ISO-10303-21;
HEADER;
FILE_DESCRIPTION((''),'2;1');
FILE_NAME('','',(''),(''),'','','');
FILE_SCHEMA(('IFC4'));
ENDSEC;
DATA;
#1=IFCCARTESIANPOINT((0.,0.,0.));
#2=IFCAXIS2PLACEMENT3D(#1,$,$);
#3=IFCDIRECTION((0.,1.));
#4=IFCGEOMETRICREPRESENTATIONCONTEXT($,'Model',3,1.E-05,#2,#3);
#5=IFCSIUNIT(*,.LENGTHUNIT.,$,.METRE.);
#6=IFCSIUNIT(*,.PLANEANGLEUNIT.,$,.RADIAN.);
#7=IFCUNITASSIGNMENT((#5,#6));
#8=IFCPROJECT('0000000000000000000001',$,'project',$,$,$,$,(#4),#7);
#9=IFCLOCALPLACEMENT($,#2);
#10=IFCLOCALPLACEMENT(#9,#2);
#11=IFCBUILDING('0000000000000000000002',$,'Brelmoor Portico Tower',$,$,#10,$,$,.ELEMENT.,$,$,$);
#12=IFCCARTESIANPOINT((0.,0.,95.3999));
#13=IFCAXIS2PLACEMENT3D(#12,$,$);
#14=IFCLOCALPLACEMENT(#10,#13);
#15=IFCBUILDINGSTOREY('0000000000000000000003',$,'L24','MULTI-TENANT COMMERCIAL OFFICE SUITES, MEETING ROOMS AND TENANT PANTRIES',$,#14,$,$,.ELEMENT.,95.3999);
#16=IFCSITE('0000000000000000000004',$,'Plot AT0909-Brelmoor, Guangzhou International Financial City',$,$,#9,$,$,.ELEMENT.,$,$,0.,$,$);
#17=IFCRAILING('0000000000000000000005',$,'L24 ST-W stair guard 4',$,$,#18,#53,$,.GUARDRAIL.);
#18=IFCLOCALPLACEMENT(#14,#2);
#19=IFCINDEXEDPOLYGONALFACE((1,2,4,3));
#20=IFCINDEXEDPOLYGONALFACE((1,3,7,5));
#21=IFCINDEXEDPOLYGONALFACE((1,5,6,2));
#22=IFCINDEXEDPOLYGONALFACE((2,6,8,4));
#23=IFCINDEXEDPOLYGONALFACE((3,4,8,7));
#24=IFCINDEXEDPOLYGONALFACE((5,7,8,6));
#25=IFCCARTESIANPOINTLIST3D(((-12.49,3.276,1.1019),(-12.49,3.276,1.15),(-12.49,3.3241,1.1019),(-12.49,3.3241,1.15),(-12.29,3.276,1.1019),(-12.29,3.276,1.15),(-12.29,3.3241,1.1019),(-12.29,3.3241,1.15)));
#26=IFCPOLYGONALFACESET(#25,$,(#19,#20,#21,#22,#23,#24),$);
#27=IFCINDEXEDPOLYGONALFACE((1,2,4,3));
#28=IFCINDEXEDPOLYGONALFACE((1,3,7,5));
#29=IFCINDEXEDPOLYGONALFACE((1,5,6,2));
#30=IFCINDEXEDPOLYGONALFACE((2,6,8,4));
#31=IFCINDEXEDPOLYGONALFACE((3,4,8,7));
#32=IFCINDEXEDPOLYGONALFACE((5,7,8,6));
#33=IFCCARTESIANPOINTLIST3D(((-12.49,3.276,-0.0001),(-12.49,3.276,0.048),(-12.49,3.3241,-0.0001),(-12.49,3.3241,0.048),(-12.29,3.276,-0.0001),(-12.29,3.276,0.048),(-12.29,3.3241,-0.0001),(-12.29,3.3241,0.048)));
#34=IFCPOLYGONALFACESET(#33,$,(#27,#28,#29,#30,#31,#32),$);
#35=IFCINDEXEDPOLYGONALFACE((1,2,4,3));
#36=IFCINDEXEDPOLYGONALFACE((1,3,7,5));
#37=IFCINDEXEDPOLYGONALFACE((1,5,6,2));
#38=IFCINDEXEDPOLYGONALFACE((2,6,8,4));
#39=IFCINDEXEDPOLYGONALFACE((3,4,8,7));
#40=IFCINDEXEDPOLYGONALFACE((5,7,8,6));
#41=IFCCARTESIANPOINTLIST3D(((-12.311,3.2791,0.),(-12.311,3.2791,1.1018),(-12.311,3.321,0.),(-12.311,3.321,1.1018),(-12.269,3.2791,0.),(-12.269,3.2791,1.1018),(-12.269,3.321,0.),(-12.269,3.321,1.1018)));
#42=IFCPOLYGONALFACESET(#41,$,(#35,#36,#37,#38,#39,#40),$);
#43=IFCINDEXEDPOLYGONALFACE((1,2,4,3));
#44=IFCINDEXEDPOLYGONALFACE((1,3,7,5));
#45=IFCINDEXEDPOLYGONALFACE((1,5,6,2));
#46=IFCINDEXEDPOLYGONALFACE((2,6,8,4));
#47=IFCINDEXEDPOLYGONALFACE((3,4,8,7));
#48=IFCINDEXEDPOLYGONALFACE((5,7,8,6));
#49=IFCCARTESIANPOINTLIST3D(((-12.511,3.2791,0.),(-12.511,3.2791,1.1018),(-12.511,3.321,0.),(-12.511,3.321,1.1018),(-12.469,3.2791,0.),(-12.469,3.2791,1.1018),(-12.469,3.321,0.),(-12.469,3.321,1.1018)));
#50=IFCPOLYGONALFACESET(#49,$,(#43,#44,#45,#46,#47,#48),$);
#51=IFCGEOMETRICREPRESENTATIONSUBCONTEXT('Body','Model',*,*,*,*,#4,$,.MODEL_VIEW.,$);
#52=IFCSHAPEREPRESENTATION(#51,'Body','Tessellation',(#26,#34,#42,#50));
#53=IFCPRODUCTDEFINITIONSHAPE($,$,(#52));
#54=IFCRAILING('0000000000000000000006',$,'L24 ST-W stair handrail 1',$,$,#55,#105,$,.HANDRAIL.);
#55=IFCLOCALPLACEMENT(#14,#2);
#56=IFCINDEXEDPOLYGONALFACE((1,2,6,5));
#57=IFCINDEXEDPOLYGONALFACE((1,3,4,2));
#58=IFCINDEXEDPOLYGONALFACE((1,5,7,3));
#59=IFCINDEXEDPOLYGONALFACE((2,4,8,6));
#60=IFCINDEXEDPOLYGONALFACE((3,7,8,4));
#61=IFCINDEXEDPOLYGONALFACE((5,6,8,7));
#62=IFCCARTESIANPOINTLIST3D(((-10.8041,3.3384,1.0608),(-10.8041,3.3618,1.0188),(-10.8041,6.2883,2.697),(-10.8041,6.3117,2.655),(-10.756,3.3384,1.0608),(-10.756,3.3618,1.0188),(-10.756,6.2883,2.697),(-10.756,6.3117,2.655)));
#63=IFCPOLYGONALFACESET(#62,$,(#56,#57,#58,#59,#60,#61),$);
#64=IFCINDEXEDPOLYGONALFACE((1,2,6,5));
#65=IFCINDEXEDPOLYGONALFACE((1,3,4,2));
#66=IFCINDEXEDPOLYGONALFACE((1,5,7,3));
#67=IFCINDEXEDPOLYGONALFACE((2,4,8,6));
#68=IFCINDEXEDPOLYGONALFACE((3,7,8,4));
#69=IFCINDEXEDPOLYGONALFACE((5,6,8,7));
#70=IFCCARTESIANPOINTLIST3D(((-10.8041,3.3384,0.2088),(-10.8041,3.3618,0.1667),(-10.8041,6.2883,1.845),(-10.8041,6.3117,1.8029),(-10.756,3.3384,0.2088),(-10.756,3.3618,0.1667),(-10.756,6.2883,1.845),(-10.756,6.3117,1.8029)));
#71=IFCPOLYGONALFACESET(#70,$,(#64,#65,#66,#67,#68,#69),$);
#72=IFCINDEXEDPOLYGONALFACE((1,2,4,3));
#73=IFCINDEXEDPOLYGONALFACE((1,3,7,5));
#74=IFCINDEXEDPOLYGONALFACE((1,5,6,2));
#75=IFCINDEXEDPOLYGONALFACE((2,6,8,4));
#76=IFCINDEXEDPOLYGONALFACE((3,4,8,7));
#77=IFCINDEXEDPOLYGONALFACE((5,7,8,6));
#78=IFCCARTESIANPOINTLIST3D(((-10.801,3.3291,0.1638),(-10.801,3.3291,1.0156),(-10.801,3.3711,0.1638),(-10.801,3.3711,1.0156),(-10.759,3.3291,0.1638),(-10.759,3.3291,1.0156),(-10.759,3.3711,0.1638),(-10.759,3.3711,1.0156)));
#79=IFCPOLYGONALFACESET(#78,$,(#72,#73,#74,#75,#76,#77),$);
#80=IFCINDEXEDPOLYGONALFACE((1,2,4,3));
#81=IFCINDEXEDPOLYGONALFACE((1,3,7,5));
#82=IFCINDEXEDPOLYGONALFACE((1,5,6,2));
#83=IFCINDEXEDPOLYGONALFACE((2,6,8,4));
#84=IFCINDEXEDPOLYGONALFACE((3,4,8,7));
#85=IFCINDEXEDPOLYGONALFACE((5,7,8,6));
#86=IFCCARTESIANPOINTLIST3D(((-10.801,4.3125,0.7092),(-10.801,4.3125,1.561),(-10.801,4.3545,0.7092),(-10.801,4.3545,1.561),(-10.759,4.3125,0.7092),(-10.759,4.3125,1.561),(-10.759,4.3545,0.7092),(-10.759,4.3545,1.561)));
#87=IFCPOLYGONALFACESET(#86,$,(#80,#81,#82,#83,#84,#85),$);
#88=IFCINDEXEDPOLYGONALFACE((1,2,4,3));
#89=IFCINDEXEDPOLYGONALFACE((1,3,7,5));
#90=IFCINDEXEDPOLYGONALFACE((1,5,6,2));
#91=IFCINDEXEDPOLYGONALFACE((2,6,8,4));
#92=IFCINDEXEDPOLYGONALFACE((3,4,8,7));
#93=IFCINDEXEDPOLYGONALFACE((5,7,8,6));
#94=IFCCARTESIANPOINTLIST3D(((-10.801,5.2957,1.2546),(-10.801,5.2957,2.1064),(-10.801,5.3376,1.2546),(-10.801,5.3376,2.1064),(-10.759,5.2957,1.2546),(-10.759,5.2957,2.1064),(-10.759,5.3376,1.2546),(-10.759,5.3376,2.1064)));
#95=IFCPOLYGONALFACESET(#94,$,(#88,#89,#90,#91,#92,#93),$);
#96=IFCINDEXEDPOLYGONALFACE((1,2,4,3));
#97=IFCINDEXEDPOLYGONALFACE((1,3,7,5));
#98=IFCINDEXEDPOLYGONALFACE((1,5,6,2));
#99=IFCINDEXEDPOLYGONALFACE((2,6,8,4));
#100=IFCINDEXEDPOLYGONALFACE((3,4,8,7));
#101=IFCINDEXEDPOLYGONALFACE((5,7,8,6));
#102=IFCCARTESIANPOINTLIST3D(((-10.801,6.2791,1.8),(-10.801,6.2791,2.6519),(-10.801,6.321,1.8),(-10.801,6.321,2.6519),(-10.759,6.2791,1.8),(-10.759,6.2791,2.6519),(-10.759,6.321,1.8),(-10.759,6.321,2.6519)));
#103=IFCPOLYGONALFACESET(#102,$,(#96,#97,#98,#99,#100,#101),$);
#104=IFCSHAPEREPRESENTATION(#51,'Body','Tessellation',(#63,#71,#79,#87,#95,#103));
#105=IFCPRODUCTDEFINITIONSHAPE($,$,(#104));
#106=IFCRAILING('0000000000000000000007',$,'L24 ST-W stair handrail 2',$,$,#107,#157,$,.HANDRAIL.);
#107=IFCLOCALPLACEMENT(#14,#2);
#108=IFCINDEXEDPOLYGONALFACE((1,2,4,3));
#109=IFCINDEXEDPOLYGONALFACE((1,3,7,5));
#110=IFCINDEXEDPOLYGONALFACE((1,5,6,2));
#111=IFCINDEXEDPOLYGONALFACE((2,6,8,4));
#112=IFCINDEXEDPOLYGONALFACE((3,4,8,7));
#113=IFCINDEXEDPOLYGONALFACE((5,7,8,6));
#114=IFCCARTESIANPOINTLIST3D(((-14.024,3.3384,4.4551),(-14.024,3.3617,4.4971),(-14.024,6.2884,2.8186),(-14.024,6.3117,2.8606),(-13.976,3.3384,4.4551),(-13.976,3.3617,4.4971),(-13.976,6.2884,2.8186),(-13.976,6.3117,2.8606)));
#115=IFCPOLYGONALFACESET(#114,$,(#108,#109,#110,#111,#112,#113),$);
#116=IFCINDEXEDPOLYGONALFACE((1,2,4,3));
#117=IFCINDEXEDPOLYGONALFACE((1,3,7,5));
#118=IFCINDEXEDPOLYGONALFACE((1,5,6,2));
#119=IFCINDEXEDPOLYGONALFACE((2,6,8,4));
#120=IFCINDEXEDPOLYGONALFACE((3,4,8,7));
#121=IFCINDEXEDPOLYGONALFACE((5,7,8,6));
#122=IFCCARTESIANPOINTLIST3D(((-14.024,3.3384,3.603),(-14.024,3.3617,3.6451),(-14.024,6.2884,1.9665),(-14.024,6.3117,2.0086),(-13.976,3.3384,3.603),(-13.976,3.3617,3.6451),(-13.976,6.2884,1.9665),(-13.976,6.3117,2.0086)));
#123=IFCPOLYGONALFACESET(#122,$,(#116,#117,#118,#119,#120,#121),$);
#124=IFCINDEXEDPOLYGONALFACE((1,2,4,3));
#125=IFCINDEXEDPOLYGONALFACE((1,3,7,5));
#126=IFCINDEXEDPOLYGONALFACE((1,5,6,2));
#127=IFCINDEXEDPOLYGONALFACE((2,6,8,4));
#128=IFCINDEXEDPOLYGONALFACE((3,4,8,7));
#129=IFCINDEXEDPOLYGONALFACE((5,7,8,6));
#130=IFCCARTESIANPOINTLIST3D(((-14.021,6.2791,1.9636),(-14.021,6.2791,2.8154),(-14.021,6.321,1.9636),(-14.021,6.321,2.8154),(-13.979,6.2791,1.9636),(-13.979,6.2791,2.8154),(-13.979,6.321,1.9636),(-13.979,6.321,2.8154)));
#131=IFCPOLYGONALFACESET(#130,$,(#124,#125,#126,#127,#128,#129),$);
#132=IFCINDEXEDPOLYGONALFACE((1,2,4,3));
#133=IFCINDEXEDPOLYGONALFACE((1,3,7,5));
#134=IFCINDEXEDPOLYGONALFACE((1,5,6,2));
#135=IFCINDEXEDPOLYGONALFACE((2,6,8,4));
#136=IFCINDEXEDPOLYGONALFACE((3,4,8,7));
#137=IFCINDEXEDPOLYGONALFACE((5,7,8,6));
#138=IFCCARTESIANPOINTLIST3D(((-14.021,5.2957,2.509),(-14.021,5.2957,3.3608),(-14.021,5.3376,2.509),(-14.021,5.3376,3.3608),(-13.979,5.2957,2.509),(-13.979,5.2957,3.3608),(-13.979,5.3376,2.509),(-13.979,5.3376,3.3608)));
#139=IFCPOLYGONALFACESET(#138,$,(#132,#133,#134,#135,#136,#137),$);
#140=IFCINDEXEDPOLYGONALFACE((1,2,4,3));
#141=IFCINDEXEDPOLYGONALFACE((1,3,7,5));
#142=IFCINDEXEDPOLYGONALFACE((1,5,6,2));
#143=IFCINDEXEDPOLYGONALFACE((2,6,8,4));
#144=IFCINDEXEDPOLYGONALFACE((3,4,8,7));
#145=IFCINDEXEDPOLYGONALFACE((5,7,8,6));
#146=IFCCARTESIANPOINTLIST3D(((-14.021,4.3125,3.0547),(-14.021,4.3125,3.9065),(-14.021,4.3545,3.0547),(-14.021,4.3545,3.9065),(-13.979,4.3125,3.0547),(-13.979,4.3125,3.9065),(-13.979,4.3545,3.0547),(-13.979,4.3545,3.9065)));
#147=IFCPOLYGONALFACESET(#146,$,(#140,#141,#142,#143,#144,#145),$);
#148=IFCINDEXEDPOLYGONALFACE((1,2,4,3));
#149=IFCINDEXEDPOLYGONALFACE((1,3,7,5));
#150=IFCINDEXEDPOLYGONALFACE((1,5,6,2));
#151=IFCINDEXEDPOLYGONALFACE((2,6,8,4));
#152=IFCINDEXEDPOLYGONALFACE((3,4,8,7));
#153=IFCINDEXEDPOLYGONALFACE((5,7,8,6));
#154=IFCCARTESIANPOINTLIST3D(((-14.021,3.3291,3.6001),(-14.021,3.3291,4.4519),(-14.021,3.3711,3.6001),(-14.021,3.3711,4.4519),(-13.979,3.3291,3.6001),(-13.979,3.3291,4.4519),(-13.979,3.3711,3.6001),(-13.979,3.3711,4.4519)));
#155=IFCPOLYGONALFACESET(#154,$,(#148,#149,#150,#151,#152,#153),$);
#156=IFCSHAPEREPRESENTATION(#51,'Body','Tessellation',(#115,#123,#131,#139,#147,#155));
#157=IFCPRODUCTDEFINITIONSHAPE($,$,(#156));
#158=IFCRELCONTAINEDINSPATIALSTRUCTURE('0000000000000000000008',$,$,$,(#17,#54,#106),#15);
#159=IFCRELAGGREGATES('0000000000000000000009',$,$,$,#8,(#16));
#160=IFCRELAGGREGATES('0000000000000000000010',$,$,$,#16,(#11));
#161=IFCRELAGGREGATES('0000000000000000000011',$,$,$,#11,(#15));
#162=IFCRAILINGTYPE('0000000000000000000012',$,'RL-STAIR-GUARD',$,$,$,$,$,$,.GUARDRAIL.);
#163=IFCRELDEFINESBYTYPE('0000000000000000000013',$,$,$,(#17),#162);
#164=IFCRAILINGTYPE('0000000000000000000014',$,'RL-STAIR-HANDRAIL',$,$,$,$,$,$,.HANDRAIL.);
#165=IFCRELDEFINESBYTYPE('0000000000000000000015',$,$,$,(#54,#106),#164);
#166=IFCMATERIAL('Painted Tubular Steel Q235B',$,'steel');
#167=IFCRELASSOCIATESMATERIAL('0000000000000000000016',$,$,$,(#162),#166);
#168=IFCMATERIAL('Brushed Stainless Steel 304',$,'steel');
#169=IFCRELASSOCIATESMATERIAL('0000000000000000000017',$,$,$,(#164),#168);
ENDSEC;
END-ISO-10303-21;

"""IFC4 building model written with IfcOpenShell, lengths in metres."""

from ifc_helpers import new_model, si_unit, direction, frame, origin, origin_2d, place, context, subcontext, project, spatial, rectangle, extrude, material, type_object, element, save


model = new_model("IFC4")

# Units and contexts
model_context = context("Model", 3, precision=1e-05, world=origin(), true_north=direction((0.0, 1.0)))
body_context = subcontext(model_context, "Body", "Model", "MODEL_VIEW")
ifc_project = project(units=[si_unit("LENGTHUNIT", "METRE"), si_unit("PLANEANGLEUNIT", "RADIAN")], contexts=[model_context])

# Site, building, storey
site_placement = place(None, origin())
site = spatial("IfcSite", under=ifc_project, at=site_placement, Name="Plot AT0909-Brelmoor, Guangzhou International Financial City", CompositionType="ELEMENT", RefElevation=0.0)
building_placement = place(site_placement, origin())
building = spatial("IfcBuilding", under=site, at=building_placement, Name="Brelmoor Portico Tower", CompositionType="ELEMENT")
storey_placement = place(building_placement, frame((0.0, 0.0, 95.3999)))
storey = spatial("IfcBuildingStorey", under=building, at=storey_placement, Name="L24", Description="MULTI-TENANT COMMERCIAL OFFICE SUITES, MEETING ROOMS AND TENANT PANTRIES", CompositionType="ELEMENT", Elevation=95.3999)

# Railings
ifc_material_1 = material(Name="Painted Tubular Steel Q235B", Category="steel")
railing_type_1 = type_object("IfcRailingType", Name="RL-STAIR-GUARD", PredefinedType="GUARDRAIL", material=ifc_material_1)
railing_1_placement = place(storey_placement, frame((-12.29, 3.3, 0.0)))
element("IfcRailing", 1, at=railing_1_placement, inside=storey, type_object=railing_type_1, Name="L24 ST-W stair guard 4", PredefinedType="GUARDRAIL", context=body_context, shape_type="SweptSolid", body=[
    extrude(rectangle(XDim=0.0481, YDim=0.0481, at=origin_2d()), frame((0.0, 0.0, 1.126), z_axis=(-1.0, 0.0, 0.0), x_axis=(0.0, -1.0, 0.0)), (0.0, 0.0, 1.0), 0.2),
    extrude(rectangle(XDim=0.0481, YDim=0.0481, at=origin_2d()), frame((0.0, 0.0, 0.0239), z_axis=(-1.0, 0.0, 0.0), x_axis=(0.0, -1.0, 0.0)), (0.0, 0.0, 1.0), 0.2),
    extrude(rectangle(XDim=0.042, YDim=0.042, at=origin_2d()), origin(), (0.0, 0.0, 1.0), 1.1018),
    extrude(rectangle(XDim=0.042, YDim=0.042, at=origin_2d()), frame((-0.2, 0.0, 0.0)), (0.0, 0.0, 1.0), 1.1018),
])
ifc_material_2 = material(Name="Brushed Stainless Steel 304", Category="steel")
railing_type_2 = type_object("IfcRailingType", Name="RL-STAIR-HANDRAIL", PredefinedType="HANDRAIL", material=ifc_material_2)
railing_2_placement = place(storey_placement, frame((-10.78, 3.3501, 0.1638)))
element("IfcRailing", 2, at=railing_2_placement, inside=storey, type_object=railing_type_2, Name="L24 ST-W stair handrail 1", PredefinedType="HANDRAIL", context=body_context, shape_type="SweptSolid", body=[
    extrude(rectangle(XDim=0.0481, YDim=0.0481, at=origin_2d()), frame((0.0, 0.0, 0.876), z_axis=(0.0, 0.874488, 0.485047), x_axis=(-1.0, 0.0, 0.0)), (0.0, 0.0, 1.0), 3.3733),
    extrude(rectangle(XDim=0.0481, YDim=0.0481, at=origin_2d()), frame((0.0, 0.0, 0.0239), z_axis=(0.0, 0.874488, 0.485047), x_axis=(-1.0, 0.0, 0.0)), (0.0, 0.0, 1.0), 3.3733),
    extrude(rectangle(XDim=0.042, YDim=0.042, at=origin_2d()), origin(), (0.0, 0.0, 1.0), 0.8518),
    extrude(rectangle(XDim=0.042, YDim=0.042, at=origin_2d()), frame((0.0, 0.9834, 0.5454)), (0.0, 0.0, 1.0), 0.8518),
    extrude(rectangle(XDim=0.042, YDim=0.042, at=origin_2d()), frame((0.0, 1.9666, 1.0908)), (0.0, 0.0, 1.0), 0.8518),
    extrude(rectangle(XDim=0.042, YDim=0.042, at=origin_2d()), frame((0.0, 2.95, 1.6362)), (0.0, 0.0, 1.0), 0.8518),
])
railing_3_placement = place(storey_placement, frame((-14.0, 6.3, 1.9636)))
element("IfcRailing", 3, at=railing_3_placement, inside=storey, type_object=railing_type_2, Name="L24 ST-W stair handrail 2", PredefinedType="HANDRAIL", context=body_context, shape_type="SweptSolid", body=[
    extrude(rectangle(XDim=0.0481, YDim=0.0481, at=origin_2d()), frame((0.0, 0.0, 0.876), z_axis=(0.0, -0.874458, 0.485102), x_axis=(1.0, 0.0, 0.0)), (0.0, 0.0, 1.0), 3.3735),
    extrude(rectangle(XDim=0.0481, YDim=0.0481, at=origin_2d()), frame((0.0, 0.0, 0.0239), z_axis=(0.0, -0.874458, 0.485102), x_axis=(1.0, 0.0, 0.0)), (0.0, 0.0, 1.0), 3.3735),
    extrude(rectangle(XDim=0.042, YDim=0.042, at=origin_2d()), origin(), (0.0, 0.0, 1.0), 0.8518),
    extrude(rectangle(XDim=0.042, YDim=0.042, at=origin_2d()), frame((0.0, -0.9834, 0.5454)), (0.0, 0.0, 1.0), 0.8518),
    extrude(rectangle(XDim=0.042, YDim=0.042, at=origin_2d()), frame((0.0, -1.9666, 1.0911)), (0.0, 0.0, 1.0), 0.8518),
    extrude(rectangle(XDim=0.042, YDim=0.042, at=origin_2d()), frame((0.0, -2.95, 1.6365)), (0.0, 0.0, 1.0), 0.8518),
])

save(model, "model.ifc")
